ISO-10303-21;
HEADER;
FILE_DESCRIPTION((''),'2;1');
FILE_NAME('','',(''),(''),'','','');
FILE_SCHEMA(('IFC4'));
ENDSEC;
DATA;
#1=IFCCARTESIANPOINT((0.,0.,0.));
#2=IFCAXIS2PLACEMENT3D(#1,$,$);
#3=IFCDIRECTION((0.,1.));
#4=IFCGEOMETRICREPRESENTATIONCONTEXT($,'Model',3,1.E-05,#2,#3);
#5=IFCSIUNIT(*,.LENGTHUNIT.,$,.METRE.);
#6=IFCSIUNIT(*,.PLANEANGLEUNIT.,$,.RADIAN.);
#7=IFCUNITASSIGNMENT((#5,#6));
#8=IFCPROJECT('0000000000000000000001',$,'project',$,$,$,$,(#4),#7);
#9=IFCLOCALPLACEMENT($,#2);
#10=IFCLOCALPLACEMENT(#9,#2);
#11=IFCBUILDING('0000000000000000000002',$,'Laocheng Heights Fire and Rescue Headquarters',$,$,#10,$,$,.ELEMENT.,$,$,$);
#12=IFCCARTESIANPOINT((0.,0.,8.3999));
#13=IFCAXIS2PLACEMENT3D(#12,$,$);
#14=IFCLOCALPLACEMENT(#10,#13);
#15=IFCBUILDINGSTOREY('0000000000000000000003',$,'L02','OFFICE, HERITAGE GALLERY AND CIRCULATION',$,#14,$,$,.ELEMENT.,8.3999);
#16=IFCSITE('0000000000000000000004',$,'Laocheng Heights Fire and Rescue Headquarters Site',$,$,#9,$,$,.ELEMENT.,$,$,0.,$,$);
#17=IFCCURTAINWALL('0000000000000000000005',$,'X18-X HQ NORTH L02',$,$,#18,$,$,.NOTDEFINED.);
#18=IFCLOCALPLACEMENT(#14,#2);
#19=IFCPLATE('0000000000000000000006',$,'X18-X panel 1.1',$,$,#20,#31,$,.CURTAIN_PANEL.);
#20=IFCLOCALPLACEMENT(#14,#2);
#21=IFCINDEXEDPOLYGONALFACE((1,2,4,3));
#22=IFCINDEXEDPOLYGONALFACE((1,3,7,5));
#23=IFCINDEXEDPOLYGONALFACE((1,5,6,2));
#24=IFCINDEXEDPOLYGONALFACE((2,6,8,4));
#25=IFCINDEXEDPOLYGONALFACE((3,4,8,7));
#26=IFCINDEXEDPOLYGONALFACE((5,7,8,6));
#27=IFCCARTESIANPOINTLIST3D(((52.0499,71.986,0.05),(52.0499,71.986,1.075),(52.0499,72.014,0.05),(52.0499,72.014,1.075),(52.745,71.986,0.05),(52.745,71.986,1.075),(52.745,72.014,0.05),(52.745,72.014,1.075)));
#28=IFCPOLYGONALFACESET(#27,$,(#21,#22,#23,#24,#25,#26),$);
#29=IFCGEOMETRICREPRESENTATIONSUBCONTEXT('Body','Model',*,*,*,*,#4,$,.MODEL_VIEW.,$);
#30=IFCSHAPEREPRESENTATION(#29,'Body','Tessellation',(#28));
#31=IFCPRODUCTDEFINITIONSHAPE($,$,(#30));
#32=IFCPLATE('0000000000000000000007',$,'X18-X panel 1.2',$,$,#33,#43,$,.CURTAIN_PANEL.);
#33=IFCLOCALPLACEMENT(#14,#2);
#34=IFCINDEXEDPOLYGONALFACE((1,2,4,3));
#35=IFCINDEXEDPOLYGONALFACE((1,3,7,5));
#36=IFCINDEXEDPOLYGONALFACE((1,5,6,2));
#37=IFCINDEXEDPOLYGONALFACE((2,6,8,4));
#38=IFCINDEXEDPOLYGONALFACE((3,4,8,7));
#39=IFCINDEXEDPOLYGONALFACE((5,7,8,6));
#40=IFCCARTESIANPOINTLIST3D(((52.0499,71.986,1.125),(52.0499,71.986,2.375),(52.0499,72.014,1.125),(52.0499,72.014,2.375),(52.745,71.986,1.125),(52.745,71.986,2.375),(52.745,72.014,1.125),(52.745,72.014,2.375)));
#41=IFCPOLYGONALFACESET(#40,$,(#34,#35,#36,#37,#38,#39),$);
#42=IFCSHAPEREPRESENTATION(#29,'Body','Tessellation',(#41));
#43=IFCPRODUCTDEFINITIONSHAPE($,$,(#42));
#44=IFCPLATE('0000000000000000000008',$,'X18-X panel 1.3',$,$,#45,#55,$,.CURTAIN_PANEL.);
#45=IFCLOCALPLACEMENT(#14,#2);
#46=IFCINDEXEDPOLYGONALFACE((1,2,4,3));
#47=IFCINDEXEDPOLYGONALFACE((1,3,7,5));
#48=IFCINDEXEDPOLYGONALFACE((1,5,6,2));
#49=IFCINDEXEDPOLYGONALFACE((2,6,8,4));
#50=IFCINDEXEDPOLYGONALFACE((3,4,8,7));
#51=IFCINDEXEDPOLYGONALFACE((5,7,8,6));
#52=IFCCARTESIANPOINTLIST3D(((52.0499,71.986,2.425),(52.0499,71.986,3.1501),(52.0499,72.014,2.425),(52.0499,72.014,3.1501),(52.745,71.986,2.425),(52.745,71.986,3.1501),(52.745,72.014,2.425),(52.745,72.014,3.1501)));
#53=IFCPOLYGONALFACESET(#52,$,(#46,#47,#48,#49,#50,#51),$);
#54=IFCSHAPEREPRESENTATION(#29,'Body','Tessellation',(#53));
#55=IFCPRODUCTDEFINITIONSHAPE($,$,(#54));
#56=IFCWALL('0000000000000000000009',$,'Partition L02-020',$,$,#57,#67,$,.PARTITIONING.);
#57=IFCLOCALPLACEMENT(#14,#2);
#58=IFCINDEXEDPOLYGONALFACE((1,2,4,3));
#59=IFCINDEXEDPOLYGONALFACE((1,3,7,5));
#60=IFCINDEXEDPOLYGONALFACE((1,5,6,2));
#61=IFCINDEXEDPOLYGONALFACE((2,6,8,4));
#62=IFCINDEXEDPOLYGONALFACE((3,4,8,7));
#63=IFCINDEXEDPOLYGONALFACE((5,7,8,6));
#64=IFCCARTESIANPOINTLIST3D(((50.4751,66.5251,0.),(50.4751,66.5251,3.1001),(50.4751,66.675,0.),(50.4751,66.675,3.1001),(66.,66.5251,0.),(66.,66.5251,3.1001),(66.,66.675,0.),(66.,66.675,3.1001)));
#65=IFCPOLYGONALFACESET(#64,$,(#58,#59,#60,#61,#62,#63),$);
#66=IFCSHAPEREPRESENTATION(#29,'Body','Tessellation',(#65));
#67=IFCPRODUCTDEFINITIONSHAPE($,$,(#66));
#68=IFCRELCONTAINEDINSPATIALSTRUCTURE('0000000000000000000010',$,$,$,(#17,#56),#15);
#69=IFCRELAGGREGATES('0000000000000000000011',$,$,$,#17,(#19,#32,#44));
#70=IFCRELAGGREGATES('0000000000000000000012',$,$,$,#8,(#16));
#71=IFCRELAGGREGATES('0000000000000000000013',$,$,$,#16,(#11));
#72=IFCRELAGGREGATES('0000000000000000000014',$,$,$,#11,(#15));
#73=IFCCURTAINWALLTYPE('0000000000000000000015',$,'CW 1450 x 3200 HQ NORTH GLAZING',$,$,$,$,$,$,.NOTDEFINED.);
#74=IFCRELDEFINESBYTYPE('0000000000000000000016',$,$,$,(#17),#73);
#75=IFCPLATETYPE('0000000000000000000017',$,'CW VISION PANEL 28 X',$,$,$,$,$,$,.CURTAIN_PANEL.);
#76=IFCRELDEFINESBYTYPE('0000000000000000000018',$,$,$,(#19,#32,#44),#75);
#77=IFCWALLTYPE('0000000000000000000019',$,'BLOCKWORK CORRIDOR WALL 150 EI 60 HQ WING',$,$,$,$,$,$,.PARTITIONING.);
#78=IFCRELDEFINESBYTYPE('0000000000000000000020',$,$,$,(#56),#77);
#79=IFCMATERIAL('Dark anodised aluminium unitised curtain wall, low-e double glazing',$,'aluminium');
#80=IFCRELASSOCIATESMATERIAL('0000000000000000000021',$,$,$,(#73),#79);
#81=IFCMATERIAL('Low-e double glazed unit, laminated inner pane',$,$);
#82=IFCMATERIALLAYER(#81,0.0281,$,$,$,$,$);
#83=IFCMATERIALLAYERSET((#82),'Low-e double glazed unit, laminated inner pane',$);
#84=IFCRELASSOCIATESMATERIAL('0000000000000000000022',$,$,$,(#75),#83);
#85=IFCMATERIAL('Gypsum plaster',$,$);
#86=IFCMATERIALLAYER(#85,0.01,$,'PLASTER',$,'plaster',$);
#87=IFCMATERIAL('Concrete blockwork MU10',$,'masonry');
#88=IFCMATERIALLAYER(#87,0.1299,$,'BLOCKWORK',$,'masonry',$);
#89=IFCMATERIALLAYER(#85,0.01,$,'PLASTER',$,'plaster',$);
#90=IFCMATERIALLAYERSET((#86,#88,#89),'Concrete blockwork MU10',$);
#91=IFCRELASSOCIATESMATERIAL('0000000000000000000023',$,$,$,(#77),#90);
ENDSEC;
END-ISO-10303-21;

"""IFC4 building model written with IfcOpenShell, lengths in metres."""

from ifc_helpers import new_model, si_unit, direction, frame, frame_2d, origin, origin_2d, place, context, subcontext, project, spatial, rectangle, extrude, material, layer, layer_set, type_object, element, aggregate, save


model = new_model("IFC4")

# Units and contexts
model_context = context("Model", 3, precision=1e-05, world=origin(), true_north=direction((0.0, 1.0)))
body_context = subcontext(model_context, "Body", "Model", "MODEL_VIEW")
ifc_project = project(units=[si_unit("LENGTHUNIT", "METRE"), si_unit("PLANEANGLEUNIT", "RADIAN")], contexts=[model_context])

# Site, building, storey
site_placement = place(None, origin())
site = spatial("IfcSite", under=ifc_project, at=site_placement, Name="Laocheng Heights Fire and Rescue Headquarters Site", CompositionType="ELEMENT", RefElevation=0.0)
building_placement = place(site_placement, origin())
building = spatial("IfcBuilding", under=site, at=building_placement, Name="Laocheng Heights Fire and Rescue Headquarters", CompositionType="ELEMENT")
storey_placement = place(building_placement, frame((0.0, 0.0, 8.3999)))
storey = spatial("IfcBuildingStorey", under=building, at=storey_placement, Name="L02", Description="OFFICE, HERITAGE GALLERY AND CIRCULATION", CompositionType="ELEMENT", Elevation=8.3999)

# Shared definitions
ifc_material_1 = material(Name="Dark anodised aluminium unitised curtain wall, low-e double glazing", Category="aluminium")
curtain_wall_type = type_object("IfcCurtainWallType", Name="CW 1450 x 3200 HQ NORTH GLAZING", PredefinedType="NOTDEFINED", material=ifc_material_1)

# Curtain wall
curtain_wall_1_placement = place(storey_placement, origin())
curtain_wall_1 = element("IfcCurtainWall", 1, at=curtain_wall_1_placement, inside=storey, type_object=curtain_wall_type, Name="X18-X HQ NORTH L02", PredefinedType="NOTDEFINED")

# Plates
ifc_material_2 = material(Name="Low-e double glazed unit, laminated inner pane")
ifc_layer_1 = layer(ifc_material_2, 0.0281)
ifc_layer_set_1 = layer_set([ifc_layer_1], Name="Low-e double glazed unit, laminated inner pane")
plate_type = type_object("IfcPlateType", Name="CW VISION PANEL 28 X", PredefinedType="CURTAIN_PANEL", material=ifc_layer_set_1)
plate_1_placement = place(storey_placement, frame((52.3975, 72.0, 0.05), z_axis=(0.0, 0.0, 1.0), x_axis=(1.0, 0.0, 0.0)))
plate_1 = element("IfcPlate", 2, at=plate_1_placement, type_object=plate_type, Name="X18-X panel 1.1", PredefinedType="CURTAIN_PANEL", context=body_context, shape_type="SweptSolid", body=[
    extrude(rectangle(XDim=0.6951, YDim=0.0281, at=origin_2d()), origin(), (0.0, 0.0, 1.0), 1.0249),
])
plate_2_placement = place(storey_placement, frame((52.3975, 72.0, 1.125), z_axis=(0.0, 0.0, 1.0), x_axis=(1.0, 0.0, 0.0)))
plate_2 = element("IfcPlate", 3, at=plate_2_placement, type_object=plate_type, Name="X18-X panel 1.2", PredefinedType="CURTAIN_PANEL", context=body_context, shape_type="SweptSolid", body=[
    extrude(rectangle(XDim=0.6951, YDim=0.0281, at=origin_2d()), origin(), (0.0, 0.0, 1.0), 1.25),
])
plate_3_placement = place(storey_placement, frame((52.3975, 72.0, 2.425), z_axis=(0.0, 0.0, 1.0), x_axis=(1.0, 0.0, 0.0)))
plate_3 = element("IfcPlate", 4, at=plate_3_placement, type_object=plate_type, Name="X18-X panel 1.3", PredefinedType="CURTAIN_PANEL", context=body_context, shape_type="SweptSolid", body=[
    extrude(rectangle(XDim=0.6951, YDim=0.0281, at=origin_2d()), origin(), (0.0, 0.0, 1.0), 0.7251),
])
aggregate(curtain_wall_1, [plate_1, plate_2, plate_3])

# Wall
ifc_material_3 = material(Name="Gypsum plaster")
ifc_layer_2 = layer(ifc_material_3, 0.01, Name="PLASTER", Category="plaster")
ifc_material_4 = material(Name="Concrete blockwork MU10", Category="masonry")
ifc_layer_3 = layer(ifc_material_4, 0.1299, Name="BLOCKWORK", Category="masonry")
ifc_layer_4 = layer(ifc_material_3, 0.01, Name="PLASTER", Category="plaster")
ifc_layer_set_2 = layer_set([ifc_layer_2, ifc_layer_3, ifc_layer_4], Name="Concrete blockwork MU10")
wall_type_1 = type_object("IfcWallType", Name="BLOCKWORK CORRIDOR WALL 150 EI 60 HQ WING", PredefinedType="PARTITIONING", material=ifc_layer_set_2)
wall_1_placement = place(storey_placement, frame((50.4751, 66.6001, 0.0), z_axis=(0.0, 0.0, 1.0), x_axis=(1.0, 0.0, 0.0)))
element("IfcWall", 5, at=wall_1_placement, inside=storey, type_object=wall_type_1, Name="Partition L02-020", PredefinedType="PARTITIONING", context=body_context, shape_type="SweptSolid", body=[
    extrude(rectangle(XDim=15.5249, YDim=0.1499, at=frame_2d((7.7625, 0.0))), origin(), (0.0, 0.0, 1.0), 3.1001),
])

save(model, "model.ifc")
